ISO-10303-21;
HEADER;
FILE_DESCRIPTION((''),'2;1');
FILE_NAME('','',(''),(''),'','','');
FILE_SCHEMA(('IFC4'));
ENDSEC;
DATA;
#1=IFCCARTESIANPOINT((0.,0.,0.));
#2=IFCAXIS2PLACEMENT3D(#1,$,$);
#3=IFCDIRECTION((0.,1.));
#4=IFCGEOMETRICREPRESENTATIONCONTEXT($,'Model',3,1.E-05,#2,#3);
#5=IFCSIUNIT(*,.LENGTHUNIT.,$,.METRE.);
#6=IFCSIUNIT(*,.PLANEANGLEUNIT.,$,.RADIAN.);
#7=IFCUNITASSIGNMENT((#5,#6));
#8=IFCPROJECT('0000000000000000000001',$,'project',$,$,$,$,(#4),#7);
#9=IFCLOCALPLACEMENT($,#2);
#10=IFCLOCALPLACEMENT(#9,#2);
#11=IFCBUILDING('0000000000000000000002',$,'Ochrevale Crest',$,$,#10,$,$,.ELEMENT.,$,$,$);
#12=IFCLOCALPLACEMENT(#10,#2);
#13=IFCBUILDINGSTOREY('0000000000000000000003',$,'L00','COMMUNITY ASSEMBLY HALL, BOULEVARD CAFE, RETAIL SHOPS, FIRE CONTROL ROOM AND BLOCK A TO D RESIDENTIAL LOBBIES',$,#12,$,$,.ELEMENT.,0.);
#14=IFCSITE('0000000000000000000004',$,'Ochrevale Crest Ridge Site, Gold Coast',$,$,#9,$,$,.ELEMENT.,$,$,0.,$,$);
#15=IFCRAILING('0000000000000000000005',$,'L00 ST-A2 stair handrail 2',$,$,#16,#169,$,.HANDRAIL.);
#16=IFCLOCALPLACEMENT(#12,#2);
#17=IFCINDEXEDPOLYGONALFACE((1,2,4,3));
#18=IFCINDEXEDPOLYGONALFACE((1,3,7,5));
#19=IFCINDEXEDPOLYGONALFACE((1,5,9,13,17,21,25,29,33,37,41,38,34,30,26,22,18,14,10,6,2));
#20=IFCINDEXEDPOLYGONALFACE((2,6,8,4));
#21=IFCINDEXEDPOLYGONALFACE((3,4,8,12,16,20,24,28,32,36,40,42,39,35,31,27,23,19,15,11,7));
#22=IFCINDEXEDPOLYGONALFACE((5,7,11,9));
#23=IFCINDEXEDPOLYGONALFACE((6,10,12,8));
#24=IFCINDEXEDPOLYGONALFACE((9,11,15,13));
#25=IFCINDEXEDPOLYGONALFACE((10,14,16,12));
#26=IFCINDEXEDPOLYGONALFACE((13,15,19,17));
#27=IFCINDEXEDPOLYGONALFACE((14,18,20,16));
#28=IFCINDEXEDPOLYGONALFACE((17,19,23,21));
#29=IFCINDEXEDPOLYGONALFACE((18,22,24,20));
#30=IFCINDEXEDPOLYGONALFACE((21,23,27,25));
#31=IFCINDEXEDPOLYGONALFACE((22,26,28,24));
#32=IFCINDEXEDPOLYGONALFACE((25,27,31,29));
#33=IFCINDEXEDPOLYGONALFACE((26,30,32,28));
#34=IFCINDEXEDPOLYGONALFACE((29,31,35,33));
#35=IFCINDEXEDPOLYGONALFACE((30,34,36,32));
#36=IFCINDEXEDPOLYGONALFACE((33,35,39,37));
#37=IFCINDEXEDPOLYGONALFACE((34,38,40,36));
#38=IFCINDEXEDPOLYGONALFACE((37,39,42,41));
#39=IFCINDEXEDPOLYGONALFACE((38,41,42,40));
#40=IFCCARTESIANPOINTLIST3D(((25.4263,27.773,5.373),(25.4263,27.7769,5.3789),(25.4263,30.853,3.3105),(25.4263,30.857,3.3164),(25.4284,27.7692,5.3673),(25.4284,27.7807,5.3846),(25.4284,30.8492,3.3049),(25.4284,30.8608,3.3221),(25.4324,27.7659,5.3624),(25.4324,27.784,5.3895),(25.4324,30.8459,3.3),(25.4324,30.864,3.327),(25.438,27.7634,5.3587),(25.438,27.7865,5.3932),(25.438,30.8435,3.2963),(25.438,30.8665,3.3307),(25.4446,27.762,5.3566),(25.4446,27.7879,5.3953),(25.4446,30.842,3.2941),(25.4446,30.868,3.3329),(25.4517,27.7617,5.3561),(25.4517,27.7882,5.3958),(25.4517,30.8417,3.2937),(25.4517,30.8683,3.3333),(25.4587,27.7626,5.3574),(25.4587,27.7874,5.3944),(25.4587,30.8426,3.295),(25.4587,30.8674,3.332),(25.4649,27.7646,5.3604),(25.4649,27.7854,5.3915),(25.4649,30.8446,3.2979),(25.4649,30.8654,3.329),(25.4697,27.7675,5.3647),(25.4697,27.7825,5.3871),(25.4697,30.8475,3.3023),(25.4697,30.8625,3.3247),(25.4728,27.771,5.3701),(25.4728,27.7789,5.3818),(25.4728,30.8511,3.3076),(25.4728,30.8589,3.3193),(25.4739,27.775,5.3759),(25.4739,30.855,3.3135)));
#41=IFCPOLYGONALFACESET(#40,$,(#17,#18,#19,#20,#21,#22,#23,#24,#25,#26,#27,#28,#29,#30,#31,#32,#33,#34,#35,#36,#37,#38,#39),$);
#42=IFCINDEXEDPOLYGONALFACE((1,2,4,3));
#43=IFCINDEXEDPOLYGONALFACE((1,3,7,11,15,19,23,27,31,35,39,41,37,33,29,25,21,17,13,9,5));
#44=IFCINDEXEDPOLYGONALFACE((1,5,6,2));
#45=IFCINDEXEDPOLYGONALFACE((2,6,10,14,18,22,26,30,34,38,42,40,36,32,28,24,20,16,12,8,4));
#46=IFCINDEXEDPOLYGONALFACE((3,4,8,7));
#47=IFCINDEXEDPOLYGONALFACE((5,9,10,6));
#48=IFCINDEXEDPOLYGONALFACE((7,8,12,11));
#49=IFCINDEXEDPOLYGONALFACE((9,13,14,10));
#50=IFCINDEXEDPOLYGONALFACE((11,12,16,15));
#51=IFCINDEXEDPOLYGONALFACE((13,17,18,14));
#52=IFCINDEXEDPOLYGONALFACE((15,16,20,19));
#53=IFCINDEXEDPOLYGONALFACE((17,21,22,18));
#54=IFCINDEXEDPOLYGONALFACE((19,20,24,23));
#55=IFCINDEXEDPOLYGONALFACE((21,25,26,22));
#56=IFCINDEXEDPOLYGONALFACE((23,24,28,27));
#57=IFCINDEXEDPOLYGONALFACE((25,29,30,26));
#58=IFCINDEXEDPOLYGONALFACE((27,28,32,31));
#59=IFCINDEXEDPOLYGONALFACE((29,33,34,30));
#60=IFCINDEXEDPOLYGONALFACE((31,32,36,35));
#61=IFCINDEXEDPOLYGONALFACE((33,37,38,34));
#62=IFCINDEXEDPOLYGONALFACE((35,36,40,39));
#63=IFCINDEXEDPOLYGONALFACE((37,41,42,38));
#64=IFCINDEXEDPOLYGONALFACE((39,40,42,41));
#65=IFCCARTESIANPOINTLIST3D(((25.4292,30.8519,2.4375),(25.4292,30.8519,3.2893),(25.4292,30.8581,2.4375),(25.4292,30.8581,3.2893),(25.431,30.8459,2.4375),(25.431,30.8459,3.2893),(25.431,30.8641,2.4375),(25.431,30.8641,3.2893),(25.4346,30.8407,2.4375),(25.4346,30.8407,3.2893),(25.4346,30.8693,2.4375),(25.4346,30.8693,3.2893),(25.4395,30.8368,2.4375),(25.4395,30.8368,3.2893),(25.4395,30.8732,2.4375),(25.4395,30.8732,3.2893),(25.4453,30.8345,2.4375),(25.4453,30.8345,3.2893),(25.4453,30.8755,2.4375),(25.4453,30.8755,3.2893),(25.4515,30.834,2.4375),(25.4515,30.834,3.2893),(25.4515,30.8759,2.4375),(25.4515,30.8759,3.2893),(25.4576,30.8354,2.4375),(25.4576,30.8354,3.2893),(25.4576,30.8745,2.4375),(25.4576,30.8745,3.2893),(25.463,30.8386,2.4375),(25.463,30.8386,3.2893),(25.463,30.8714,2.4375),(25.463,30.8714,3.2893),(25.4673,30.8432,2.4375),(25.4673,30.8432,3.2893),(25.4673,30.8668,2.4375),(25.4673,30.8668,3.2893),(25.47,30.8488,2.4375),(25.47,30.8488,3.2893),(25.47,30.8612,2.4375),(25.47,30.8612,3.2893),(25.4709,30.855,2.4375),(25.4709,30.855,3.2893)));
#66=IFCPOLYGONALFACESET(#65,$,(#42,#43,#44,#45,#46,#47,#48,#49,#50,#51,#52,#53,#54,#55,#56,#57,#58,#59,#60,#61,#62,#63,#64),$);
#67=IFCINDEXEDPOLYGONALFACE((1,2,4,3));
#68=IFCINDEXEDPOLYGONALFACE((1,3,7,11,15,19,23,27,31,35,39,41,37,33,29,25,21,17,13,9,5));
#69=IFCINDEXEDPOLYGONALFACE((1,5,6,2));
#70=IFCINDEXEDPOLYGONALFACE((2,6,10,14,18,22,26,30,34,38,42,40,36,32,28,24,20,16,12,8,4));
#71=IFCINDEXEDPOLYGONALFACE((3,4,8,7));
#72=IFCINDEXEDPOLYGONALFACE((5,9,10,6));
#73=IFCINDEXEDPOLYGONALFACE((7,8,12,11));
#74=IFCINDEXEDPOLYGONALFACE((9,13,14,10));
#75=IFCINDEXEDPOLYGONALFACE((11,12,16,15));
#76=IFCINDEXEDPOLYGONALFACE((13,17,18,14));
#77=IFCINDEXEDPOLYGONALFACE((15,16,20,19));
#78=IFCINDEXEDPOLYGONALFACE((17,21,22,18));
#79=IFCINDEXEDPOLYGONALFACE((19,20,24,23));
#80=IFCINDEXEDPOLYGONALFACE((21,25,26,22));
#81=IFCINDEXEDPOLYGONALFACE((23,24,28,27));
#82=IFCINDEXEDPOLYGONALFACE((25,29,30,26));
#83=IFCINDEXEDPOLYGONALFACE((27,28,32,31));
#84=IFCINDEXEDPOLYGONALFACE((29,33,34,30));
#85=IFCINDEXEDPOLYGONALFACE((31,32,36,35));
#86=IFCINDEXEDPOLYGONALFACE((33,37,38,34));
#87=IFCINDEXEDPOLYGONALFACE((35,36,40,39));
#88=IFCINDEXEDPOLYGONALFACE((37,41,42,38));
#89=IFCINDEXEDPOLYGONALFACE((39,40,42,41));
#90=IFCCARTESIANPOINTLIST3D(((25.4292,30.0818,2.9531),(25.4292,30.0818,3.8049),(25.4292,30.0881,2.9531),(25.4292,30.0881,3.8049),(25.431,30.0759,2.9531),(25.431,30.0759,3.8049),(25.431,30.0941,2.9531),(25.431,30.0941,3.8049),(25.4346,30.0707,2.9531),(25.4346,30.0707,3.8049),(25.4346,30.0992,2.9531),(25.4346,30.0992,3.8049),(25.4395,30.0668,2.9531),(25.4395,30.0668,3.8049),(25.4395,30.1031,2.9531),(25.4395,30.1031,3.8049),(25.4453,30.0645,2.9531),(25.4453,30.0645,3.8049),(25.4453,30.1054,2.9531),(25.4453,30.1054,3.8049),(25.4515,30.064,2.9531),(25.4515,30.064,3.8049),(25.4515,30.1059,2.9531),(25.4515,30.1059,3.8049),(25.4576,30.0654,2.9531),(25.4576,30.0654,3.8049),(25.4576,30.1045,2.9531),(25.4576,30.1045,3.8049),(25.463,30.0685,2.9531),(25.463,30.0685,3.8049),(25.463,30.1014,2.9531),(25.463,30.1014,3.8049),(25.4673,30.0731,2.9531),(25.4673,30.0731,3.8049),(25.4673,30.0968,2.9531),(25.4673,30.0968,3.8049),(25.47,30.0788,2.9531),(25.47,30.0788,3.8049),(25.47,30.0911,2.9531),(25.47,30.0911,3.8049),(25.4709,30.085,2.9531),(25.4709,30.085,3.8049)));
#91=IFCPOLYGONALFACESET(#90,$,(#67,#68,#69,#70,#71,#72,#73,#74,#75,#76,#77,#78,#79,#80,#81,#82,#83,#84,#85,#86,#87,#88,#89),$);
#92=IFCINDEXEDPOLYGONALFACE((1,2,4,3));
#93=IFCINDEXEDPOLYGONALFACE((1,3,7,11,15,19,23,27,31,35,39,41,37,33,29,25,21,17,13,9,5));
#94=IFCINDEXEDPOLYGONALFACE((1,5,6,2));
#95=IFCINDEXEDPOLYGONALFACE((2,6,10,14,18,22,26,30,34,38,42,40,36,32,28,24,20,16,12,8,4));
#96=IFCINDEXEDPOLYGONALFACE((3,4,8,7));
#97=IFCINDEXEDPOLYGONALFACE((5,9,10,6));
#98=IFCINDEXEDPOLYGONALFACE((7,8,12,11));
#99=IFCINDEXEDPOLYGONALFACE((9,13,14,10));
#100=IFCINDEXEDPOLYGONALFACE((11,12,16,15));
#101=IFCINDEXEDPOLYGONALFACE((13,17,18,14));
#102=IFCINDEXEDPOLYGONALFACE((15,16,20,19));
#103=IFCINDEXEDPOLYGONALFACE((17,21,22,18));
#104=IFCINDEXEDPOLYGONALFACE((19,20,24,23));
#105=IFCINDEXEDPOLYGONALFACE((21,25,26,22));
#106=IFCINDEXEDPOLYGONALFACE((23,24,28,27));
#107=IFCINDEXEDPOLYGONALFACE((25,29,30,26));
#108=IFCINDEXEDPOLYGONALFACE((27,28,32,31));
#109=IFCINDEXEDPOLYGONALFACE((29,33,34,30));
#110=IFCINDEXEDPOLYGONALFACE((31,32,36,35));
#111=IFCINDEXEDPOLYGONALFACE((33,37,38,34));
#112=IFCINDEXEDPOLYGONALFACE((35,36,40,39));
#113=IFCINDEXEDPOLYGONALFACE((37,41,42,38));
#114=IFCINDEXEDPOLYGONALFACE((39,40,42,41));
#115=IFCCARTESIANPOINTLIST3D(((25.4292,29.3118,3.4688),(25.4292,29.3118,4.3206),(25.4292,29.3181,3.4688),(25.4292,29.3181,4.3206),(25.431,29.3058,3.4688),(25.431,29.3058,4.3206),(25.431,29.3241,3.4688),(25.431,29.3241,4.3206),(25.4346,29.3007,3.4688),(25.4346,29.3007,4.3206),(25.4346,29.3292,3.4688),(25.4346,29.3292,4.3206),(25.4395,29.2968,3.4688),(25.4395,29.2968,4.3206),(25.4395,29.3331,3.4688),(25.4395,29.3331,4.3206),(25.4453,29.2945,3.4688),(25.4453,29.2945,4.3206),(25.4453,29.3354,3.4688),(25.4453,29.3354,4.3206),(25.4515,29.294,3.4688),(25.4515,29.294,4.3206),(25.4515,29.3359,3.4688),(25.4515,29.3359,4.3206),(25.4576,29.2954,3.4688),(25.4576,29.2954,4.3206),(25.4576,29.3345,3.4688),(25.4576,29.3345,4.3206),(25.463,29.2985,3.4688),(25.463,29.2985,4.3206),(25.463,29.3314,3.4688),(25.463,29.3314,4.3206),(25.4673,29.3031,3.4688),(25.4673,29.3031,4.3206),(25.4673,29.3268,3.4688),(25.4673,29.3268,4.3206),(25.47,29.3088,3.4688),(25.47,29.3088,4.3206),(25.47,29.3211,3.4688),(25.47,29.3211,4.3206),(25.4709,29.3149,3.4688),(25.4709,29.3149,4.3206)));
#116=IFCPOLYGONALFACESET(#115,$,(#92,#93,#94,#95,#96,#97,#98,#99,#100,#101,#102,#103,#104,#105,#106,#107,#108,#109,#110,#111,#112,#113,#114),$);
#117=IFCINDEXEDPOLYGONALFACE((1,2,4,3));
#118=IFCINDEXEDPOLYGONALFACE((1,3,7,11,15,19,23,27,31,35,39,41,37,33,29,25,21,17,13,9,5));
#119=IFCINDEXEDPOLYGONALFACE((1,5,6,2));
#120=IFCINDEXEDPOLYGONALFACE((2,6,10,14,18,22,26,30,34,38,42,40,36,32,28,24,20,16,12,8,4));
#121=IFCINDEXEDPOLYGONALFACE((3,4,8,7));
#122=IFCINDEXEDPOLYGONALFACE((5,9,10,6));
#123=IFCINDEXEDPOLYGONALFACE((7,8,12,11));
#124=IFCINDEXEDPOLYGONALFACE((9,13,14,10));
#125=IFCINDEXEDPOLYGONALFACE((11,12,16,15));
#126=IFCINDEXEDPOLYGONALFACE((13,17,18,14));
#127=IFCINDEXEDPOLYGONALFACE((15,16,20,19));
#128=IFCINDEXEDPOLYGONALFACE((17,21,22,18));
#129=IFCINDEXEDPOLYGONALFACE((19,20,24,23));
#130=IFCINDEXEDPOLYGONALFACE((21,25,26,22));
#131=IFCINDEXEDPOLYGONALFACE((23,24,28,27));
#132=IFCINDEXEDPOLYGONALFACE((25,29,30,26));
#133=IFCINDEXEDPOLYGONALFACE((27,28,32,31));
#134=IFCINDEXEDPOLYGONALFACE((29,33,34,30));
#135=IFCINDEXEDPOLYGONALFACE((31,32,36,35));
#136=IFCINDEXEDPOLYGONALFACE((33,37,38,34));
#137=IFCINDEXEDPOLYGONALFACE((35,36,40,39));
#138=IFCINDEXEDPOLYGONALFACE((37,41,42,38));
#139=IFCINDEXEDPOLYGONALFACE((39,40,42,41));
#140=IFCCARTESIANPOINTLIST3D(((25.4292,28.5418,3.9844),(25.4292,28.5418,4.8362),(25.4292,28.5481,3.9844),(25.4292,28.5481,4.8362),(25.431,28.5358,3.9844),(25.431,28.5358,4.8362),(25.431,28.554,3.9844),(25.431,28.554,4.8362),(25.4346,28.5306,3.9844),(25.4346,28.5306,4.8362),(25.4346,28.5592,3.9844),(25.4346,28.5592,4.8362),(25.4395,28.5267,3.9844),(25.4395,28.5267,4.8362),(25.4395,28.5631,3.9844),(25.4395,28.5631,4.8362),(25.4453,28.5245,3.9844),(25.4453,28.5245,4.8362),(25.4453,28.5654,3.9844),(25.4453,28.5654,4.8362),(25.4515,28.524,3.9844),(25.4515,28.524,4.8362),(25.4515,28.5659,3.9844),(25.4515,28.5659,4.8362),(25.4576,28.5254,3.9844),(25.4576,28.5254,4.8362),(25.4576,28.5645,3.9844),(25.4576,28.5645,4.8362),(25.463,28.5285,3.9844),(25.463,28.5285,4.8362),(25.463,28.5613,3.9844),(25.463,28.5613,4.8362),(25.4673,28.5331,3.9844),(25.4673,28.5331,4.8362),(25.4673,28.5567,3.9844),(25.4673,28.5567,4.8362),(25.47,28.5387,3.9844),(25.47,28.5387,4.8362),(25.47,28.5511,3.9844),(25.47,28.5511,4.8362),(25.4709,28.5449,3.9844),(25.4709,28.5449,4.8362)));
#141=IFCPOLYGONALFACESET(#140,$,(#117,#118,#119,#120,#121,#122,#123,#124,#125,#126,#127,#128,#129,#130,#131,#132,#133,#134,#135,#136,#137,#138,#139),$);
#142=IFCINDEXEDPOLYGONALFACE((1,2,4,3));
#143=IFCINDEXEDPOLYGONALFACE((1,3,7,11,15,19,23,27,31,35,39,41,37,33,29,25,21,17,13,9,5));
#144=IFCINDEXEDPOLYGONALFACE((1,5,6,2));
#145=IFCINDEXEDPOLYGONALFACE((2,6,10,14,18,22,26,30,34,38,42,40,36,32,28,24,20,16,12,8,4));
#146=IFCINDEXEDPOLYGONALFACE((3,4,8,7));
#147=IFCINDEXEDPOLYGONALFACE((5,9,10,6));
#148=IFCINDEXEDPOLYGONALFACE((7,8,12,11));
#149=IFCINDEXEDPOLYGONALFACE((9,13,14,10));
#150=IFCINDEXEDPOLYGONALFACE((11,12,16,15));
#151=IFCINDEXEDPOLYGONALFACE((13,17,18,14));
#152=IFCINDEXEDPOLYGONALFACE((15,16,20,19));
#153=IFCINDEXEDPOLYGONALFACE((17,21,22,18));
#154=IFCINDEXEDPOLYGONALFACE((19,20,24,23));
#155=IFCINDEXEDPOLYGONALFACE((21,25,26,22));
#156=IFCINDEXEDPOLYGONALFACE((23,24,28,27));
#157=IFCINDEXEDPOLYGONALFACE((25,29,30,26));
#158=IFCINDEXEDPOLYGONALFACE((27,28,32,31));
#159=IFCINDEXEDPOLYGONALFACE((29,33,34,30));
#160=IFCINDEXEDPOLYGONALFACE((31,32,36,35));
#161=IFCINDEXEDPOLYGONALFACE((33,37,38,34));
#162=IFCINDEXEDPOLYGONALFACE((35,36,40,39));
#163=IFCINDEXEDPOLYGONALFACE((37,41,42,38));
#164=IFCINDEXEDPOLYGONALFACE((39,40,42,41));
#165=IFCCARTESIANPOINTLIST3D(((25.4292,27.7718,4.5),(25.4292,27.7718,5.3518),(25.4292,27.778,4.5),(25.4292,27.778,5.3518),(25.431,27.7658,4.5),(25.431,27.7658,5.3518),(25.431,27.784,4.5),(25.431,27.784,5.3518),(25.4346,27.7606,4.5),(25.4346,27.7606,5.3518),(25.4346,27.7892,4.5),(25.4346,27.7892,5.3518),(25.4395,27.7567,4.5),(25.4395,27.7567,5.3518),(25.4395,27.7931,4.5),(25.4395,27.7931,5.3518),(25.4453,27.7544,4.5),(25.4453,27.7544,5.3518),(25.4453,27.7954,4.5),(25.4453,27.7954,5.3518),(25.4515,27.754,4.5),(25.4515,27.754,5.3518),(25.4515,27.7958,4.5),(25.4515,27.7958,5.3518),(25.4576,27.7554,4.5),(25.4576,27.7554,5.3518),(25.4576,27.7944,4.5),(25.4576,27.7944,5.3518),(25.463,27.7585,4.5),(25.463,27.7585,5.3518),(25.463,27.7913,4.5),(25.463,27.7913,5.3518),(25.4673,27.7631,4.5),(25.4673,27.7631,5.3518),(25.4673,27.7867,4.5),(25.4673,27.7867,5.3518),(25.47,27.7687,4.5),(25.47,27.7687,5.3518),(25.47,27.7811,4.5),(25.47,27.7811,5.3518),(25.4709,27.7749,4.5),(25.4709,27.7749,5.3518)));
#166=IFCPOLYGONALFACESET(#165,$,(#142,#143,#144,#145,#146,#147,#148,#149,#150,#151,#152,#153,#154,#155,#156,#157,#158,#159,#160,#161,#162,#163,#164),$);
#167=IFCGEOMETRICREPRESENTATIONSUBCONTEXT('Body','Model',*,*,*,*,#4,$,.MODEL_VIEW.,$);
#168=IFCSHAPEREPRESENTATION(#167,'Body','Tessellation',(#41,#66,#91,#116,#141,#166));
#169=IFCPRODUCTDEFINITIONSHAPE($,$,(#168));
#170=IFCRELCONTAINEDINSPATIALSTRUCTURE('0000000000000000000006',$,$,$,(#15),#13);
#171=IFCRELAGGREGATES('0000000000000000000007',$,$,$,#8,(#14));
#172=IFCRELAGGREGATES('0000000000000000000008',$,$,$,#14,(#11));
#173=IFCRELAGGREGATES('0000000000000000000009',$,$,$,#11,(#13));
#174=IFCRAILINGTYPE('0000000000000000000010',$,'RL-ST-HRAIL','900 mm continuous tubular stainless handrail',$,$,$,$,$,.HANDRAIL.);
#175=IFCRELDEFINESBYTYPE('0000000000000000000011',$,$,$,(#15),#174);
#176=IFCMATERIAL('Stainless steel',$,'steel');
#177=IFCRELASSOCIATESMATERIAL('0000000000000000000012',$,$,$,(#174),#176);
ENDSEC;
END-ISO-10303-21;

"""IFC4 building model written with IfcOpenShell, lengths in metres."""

from ifc_helpers import new_model, si_unit, direction, frame, origin, origin_2d, place, context, subcontext, project, spatial, circle, extrude, material, type_object, element, save


model = new_model("IFC4")

# Units and contexts
model_context = context("Model", 3, precision=1e-05, world=origin(), true_north=direction((0.0, 1.0)))
body_context = subcontext(model_context, "Body", "Model", "MODEL_VIEW")
ifc_project = project(units=[si_unit("LENGTHUNIT", "METRE"), si_unit("PLANEANGLEUNIT", "RADIAN")], contexts=[model_context])

# Site, building, storey
site_placement = place(None, origin())
site = spatial("IfcSite", under=ifc_project, at=site_placement, Name="Ochrevale Crest Ridge Site, Gold Coast", CompositionType="ELEMENT", RefElevation=0.0)
building_placement = place(site_placement, origin())
building = spatial("IfcBuilding", under=site, at=building_placement, Name="Ochrevale Crest", CompositionType="ELEMENT")
storey_placement = place(building_placement, origin())
storey = spatial("IfcBuildingStorey", under=building, at=storey_placement, Name="L00", Description="COMMUNITY ASSEMBLY HALL, BOULEVARD CAFE, RETAIL SHOPS, FIRE CONTROL ROOM AND BLOCK A TO D RESIDENTIAL LOBBIES", CompositionType="ELEMENT", Elevation=0.0)

# Railing
ifc_material_1 = material(Name="Stainless steel", Category="steel")
railing_type_1 = type_object("IfcRailingType", Name="RL-ST-HRAIL", Description="900 mm continuous tubular stainless handrail", PredefinedType="HANDRAIL", material=ifc_material_1)
railing_1_placement = place(storey_placement, frame((25.45, 30.855, 2.4375)))
element("IfcRailing", 1, at=railing_1_placement, inside=storey, type_object=railing_type_1, Name="L00 ST-A2 stair handrail 2", PredefinedType="HANDRAIL", context=body_context, shape_type="SweptSolid", body=[
    extrude(circle(Radius=0.0239, at=origin_2d()), frame((0.0, 0.0, 0.876), z_axis=(0.0, -0.830914, 0.556401), x_axis=(1.0, 0.0, 0.0)), (0.0, 0.0, 1.0), 3.7068),
    extrude(circle(Radius=0.021, at=origin_2d()), origin(), (0.0, 0.0, 1.0), 0.8518),
    extrude(circle(Radius=0.021, at=origin_2d()), frame((0.0, -0.77, 0.5156)), (0.0, 0.0, 1.0), 0.8518),
    extrude(circle(Radius=0.021, at=origin_2d()), frame((0.0, -1.54, 1.0312)), (0.0, 0.0, 1.0), 0.8518),
    extrude(circle(Radius=0.021, at=origin_2d()), frame((0.0, -2.3101, 1.5469)), (0.0, 0.0, 1.0), 0.8518),
    extrude(circle(Radius=0.021, at=origin_2d()), frame((0.0, -3.0801, 2.0625)), (0.0, 0.0, 1.0), 0.8518),
])

save(model, "model.ifc")
